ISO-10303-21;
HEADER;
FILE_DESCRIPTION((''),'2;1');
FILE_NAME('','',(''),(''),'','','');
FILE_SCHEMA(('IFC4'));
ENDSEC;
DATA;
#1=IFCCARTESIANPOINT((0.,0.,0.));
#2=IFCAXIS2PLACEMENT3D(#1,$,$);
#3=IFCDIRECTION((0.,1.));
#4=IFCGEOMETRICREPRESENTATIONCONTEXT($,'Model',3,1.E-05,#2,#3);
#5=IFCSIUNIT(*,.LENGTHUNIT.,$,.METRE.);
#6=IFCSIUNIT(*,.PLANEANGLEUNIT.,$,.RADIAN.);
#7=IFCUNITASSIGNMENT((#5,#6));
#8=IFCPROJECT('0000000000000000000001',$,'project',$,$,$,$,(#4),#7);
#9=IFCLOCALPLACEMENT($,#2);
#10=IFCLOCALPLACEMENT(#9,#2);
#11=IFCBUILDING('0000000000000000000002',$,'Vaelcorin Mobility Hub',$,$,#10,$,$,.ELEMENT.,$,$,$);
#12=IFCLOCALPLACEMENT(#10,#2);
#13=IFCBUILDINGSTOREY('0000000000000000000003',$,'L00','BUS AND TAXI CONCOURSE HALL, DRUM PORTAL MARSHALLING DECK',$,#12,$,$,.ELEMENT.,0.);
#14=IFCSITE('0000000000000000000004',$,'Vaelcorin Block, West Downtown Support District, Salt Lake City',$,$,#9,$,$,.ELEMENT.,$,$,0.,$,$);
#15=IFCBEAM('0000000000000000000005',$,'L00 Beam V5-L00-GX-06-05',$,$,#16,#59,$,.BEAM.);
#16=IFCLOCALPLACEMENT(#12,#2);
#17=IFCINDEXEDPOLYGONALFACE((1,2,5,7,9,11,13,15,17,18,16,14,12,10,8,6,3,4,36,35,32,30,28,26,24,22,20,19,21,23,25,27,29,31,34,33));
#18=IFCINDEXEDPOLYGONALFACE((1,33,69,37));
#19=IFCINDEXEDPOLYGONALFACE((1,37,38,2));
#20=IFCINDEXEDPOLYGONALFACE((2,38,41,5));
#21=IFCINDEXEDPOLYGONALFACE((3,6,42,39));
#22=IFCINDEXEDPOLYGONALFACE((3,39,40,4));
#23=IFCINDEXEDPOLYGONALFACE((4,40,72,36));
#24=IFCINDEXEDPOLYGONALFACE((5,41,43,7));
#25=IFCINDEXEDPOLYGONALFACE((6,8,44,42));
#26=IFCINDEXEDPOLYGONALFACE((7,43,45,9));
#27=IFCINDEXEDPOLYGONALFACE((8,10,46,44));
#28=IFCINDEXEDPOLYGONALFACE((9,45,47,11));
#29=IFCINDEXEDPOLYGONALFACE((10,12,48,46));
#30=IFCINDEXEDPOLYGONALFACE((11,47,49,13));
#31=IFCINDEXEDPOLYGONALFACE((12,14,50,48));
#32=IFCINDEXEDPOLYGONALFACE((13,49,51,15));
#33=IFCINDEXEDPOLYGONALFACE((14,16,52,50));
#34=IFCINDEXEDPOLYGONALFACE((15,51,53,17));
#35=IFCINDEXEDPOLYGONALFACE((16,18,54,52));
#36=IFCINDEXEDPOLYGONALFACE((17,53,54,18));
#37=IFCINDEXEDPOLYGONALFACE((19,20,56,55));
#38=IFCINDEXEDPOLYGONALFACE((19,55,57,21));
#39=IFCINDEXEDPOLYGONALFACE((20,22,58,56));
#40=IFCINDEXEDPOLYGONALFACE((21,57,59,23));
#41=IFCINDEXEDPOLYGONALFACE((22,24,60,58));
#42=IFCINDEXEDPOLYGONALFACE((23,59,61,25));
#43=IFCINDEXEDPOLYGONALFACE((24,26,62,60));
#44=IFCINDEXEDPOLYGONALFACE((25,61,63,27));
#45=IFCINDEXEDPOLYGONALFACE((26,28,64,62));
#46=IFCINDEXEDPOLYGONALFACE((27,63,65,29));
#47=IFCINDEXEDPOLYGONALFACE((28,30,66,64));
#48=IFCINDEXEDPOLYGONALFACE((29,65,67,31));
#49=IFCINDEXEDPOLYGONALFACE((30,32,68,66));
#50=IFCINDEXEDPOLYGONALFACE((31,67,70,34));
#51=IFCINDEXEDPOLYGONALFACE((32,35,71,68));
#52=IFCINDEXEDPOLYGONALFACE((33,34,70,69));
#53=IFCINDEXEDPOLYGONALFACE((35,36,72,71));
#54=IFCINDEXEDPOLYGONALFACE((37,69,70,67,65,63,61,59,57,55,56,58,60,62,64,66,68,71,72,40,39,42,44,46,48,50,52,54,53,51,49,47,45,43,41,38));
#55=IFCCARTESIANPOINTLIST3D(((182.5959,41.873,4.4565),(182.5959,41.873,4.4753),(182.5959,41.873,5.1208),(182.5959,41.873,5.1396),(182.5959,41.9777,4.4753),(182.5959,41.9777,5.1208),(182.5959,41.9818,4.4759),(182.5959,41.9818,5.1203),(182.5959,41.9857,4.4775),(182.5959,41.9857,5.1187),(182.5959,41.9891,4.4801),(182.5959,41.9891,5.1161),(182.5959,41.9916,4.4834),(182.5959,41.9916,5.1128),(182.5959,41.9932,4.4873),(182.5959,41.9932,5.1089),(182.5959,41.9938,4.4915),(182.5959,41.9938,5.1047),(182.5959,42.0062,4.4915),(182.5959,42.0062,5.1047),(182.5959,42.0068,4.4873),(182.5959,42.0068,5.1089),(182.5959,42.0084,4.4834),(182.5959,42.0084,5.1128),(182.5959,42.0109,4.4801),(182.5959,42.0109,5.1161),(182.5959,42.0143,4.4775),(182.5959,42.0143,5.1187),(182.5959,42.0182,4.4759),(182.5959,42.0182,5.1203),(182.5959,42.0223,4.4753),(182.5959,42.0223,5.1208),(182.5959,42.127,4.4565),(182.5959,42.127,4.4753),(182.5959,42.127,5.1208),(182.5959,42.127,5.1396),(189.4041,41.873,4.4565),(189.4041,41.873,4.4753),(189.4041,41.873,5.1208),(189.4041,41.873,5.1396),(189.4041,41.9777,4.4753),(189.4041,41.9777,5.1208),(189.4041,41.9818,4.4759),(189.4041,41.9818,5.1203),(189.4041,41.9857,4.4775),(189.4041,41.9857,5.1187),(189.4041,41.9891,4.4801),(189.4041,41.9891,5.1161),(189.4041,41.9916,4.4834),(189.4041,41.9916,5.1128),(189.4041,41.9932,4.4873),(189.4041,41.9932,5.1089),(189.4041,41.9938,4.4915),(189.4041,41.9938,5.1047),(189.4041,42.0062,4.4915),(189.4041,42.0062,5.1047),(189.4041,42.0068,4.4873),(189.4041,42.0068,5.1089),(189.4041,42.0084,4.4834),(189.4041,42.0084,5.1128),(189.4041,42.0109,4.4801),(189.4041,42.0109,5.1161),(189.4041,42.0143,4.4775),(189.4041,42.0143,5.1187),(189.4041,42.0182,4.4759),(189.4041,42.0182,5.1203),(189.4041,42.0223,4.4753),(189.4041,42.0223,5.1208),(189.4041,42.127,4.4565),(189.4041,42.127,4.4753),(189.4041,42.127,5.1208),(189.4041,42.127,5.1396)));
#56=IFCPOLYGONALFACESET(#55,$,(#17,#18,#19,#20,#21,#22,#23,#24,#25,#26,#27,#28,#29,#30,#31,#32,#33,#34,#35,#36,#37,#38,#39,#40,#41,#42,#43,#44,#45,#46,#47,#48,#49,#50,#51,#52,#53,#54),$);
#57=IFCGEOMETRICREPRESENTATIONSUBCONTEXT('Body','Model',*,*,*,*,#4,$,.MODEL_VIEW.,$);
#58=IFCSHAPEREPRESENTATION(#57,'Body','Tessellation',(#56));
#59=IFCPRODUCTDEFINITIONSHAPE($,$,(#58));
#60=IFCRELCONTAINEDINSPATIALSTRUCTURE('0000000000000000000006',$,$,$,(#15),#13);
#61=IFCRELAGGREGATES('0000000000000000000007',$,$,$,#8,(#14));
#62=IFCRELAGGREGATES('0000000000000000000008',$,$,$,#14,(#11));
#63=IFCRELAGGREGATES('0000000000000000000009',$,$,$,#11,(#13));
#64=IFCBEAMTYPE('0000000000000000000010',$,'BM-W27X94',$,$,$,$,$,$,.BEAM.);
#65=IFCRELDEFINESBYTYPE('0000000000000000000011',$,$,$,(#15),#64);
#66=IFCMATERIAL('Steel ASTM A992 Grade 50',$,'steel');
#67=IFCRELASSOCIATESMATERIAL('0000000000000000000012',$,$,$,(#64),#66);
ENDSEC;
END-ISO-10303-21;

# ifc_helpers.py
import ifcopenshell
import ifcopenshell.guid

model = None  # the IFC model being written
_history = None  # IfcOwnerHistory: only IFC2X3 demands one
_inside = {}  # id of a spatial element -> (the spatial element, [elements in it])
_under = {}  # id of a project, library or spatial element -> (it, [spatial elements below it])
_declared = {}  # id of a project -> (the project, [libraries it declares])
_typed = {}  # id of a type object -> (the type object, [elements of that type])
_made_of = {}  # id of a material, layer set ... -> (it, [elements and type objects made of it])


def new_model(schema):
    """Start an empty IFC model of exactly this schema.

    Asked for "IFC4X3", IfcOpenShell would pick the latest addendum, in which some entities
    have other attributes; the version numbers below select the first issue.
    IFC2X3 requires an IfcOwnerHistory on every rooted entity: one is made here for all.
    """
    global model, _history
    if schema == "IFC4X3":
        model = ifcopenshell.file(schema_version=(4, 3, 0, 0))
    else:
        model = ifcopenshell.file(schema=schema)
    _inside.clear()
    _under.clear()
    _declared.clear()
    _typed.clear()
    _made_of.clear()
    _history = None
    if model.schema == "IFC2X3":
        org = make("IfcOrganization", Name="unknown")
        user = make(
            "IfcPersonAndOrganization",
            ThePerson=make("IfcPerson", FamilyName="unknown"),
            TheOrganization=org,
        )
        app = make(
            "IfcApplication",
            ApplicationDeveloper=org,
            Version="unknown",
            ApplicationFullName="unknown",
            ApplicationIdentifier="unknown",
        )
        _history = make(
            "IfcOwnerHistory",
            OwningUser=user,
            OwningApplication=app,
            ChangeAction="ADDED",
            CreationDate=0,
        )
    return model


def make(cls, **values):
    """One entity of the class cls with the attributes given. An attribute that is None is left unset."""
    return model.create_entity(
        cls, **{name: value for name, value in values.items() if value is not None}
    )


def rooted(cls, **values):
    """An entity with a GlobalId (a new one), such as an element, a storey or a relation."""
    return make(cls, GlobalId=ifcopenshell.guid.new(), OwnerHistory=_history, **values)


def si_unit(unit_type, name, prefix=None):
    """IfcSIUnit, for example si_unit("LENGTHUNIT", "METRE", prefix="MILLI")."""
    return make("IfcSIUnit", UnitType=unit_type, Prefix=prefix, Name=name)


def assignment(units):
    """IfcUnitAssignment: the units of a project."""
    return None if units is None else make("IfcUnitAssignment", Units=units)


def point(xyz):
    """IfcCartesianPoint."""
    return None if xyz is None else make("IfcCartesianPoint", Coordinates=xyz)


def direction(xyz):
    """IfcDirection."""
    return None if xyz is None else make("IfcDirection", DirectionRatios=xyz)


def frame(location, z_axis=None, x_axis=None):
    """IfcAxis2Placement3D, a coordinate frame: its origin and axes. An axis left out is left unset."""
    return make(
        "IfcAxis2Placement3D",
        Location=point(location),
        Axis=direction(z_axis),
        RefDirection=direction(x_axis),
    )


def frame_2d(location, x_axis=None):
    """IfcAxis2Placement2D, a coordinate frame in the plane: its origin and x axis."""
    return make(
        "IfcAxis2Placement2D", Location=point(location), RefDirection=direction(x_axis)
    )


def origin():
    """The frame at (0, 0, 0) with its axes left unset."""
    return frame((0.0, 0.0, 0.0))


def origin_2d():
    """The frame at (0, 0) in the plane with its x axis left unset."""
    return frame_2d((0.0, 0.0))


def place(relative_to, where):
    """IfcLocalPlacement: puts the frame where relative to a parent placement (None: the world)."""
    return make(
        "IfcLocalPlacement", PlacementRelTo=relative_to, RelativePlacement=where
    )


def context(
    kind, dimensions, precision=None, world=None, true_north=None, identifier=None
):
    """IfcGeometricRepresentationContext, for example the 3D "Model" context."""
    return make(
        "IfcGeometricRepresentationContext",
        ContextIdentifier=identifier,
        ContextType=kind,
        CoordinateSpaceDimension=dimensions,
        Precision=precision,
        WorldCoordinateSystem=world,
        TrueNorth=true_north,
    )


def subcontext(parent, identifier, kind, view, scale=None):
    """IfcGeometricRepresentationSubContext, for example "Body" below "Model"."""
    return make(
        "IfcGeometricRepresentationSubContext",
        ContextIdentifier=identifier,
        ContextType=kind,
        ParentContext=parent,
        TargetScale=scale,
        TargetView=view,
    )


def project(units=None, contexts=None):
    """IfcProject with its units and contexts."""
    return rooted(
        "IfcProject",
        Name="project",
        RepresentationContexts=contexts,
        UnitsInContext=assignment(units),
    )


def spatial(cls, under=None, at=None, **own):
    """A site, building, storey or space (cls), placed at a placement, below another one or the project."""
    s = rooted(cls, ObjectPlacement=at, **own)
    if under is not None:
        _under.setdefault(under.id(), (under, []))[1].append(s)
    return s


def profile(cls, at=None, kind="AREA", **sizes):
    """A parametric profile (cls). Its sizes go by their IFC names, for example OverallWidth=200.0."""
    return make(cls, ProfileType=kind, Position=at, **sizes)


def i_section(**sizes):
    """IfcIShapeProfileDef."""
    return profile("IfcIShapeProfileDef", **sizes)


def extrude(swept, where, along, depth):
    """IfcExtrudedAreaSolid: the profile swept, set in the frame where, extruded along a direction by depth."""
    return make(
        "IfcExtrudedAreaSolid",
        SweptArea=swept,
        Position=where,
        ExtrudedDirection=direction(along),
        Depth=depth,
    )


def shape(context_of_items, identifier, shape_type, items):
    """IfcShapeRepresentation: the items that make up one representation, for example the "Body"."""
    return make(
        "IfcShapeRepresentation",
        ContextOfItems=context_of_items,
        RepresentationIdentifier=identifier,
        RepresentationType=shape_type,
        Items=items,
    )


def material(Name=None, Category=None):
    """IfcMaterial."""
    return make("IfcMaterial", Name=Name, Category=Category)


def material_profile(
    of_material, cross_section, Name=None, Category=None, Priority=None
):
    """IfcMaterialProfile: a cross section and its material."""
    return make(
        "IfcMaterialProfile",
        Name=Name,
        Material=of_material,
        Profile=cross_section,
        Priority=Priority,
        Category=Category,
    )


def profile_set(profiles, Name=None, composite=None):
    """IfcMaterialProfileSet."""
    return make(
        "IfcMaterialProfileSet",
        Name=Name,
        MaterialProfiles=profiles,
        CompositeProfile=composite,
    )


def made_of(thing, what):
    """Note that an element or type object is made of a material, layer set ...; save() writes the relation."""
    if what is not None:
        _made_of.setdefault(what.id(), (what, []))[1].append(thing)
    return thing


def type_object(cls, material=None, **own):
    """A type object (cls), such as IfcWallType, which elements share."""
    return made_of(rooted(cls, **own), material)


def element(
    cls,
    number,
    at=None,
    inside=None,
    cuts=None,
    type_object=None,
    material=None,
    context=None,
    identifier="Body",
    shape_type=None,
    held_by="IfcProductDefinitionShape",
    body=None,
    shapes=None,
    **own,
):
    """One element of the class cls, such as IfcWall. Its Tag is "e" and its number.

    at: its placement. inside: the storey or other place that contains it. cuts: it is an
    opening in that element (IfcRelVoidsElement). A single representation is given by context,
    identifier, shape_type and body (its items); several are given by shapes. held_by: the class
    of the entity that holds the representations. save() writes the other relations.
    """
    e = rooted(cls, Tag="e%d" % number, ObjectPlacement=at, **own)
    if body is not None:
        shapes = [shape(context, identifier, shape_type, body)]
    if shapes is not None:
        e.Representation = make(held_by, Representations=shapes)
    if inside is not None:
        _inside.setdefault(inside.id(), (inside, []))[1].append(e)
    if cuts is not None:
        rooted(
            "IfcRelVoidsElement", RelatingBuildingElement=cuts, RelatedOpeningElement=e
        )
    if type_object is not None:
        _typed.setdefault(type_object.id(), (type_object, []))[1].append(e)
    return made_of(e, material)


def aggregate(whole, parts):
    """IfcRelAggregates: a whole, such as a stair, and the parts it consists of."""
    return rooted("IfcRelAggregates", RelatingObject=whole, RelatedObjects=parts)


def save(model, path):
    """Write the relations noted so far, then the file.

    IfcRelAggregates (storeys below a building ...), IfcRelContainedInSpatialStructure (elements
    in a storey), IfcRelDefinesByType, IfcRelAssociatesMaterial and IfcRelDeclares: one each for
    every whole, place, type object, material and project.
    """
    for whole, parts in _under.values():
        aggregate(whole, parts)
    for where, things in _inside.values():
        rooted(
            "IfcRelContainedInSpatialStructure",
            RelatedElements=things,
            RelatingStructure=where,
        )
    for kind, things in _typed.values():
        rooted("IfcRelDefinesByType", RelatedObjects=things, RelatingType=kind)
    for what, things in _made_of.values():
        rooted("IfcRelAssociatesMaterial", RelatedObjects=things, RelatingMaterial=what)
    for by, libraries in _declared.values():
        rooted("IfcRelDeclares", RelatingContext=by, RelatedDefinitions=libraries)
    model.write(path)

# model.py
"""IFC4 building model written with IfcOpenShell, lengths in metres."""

from ifc_helpers import new_model, si_unit, direction, frame, origin, origin_2d, place, context, subcontext, project, spatial, i_section, extrude, material, material_profile, profile_set, type_object, element, save


model = new_model("IFC4")

# Units and contexts
model_context = context("Model", 3, precision=1e-05, world=origin(), true_north=direction((0.0, 1.0)))
body_context = subcontext(model_context, "Body", "Model", "MODEL_VIEW")
ifc_project = project(units=[si_unit("LENGTHUNIT", "METRE"), si_unit("PLANEANGLEUNIT", "RADIAN")], contexts=[model_context])

# Site, building, storey
site_placement = place(None, origin())
site = spatial("IfcSite", under=ifc_project, at=site_placement, Name="Vaelcorin Block, West Downtown Support District, Salt Lake City", CompositionType="ELEMENT", RefElevation=0.0)
building_placement = place(site_placement, origin())
building = spatial("IfcBuilding", under=site, at=building_placement, Name="Vaelcorin Mobility Hub", CompositionType="ELEMENT")
storey_placement = place(building_placement, origin())
storey = spatial("IfcBuildingStorey", under=building, at=storey_placement, Name="L00", Description="BUS AND TAXI CONCOURSE HALL, DRUM PORTAL MARSHALLING DECK", CompositionType="ELEMENT", Elevation=0.0)

# Shared definitions
ifc_material = material(Name="Steel ASTM A992 Grade 50", Category="steel")

# Beam
ifc_material_profile_1 = material_profile(ifc_material, i_section(OverallWidth=0.2539, OverallDepth=0.6831, WebThickness=0.0125, FlangeThickness=0.0188, FilletRadius=0.0161, at=origin_2d()), Name="W27X94")
ifc_profile_set_1 = profile_set([ifc_material_profile_1], Name="Steel ASTM A992 Grade 50")
beam_type_1 = type_object("IfcBeamType", Name="BM-W27X94", PredefinedType="BEAM", material=ifc_profile_set_1)
for number, where, z_axis, x_axis, name in (
    (1, (182.5959, 42.0, 4.7981), (1.0, 0.0, 0.0), (0.0, 1.0, 0.0), "L00 Beam V5-L00-GX-06-05"),
):
    element("IfcBeam", number, at=place(storey_placement, frame(where, z_axis=z_axis, x_axis=x_axis)), inside=storey, type_object=beam_type_1, Name=name, PredefinedType="BEAM", context=body_context, shape_type="SweptSolid", body=[
        extrude(i_section(OverallWidth=0.2539, OverallDepth=0.6831, WebThickness=0.0125, FlangeThickness=0.0188, FilletRadius=0.0161, at=origin_2d()), origin(), (0.0, 0.0, 1.0), 6.8081),
    ])

save(model, "model.ifc")
